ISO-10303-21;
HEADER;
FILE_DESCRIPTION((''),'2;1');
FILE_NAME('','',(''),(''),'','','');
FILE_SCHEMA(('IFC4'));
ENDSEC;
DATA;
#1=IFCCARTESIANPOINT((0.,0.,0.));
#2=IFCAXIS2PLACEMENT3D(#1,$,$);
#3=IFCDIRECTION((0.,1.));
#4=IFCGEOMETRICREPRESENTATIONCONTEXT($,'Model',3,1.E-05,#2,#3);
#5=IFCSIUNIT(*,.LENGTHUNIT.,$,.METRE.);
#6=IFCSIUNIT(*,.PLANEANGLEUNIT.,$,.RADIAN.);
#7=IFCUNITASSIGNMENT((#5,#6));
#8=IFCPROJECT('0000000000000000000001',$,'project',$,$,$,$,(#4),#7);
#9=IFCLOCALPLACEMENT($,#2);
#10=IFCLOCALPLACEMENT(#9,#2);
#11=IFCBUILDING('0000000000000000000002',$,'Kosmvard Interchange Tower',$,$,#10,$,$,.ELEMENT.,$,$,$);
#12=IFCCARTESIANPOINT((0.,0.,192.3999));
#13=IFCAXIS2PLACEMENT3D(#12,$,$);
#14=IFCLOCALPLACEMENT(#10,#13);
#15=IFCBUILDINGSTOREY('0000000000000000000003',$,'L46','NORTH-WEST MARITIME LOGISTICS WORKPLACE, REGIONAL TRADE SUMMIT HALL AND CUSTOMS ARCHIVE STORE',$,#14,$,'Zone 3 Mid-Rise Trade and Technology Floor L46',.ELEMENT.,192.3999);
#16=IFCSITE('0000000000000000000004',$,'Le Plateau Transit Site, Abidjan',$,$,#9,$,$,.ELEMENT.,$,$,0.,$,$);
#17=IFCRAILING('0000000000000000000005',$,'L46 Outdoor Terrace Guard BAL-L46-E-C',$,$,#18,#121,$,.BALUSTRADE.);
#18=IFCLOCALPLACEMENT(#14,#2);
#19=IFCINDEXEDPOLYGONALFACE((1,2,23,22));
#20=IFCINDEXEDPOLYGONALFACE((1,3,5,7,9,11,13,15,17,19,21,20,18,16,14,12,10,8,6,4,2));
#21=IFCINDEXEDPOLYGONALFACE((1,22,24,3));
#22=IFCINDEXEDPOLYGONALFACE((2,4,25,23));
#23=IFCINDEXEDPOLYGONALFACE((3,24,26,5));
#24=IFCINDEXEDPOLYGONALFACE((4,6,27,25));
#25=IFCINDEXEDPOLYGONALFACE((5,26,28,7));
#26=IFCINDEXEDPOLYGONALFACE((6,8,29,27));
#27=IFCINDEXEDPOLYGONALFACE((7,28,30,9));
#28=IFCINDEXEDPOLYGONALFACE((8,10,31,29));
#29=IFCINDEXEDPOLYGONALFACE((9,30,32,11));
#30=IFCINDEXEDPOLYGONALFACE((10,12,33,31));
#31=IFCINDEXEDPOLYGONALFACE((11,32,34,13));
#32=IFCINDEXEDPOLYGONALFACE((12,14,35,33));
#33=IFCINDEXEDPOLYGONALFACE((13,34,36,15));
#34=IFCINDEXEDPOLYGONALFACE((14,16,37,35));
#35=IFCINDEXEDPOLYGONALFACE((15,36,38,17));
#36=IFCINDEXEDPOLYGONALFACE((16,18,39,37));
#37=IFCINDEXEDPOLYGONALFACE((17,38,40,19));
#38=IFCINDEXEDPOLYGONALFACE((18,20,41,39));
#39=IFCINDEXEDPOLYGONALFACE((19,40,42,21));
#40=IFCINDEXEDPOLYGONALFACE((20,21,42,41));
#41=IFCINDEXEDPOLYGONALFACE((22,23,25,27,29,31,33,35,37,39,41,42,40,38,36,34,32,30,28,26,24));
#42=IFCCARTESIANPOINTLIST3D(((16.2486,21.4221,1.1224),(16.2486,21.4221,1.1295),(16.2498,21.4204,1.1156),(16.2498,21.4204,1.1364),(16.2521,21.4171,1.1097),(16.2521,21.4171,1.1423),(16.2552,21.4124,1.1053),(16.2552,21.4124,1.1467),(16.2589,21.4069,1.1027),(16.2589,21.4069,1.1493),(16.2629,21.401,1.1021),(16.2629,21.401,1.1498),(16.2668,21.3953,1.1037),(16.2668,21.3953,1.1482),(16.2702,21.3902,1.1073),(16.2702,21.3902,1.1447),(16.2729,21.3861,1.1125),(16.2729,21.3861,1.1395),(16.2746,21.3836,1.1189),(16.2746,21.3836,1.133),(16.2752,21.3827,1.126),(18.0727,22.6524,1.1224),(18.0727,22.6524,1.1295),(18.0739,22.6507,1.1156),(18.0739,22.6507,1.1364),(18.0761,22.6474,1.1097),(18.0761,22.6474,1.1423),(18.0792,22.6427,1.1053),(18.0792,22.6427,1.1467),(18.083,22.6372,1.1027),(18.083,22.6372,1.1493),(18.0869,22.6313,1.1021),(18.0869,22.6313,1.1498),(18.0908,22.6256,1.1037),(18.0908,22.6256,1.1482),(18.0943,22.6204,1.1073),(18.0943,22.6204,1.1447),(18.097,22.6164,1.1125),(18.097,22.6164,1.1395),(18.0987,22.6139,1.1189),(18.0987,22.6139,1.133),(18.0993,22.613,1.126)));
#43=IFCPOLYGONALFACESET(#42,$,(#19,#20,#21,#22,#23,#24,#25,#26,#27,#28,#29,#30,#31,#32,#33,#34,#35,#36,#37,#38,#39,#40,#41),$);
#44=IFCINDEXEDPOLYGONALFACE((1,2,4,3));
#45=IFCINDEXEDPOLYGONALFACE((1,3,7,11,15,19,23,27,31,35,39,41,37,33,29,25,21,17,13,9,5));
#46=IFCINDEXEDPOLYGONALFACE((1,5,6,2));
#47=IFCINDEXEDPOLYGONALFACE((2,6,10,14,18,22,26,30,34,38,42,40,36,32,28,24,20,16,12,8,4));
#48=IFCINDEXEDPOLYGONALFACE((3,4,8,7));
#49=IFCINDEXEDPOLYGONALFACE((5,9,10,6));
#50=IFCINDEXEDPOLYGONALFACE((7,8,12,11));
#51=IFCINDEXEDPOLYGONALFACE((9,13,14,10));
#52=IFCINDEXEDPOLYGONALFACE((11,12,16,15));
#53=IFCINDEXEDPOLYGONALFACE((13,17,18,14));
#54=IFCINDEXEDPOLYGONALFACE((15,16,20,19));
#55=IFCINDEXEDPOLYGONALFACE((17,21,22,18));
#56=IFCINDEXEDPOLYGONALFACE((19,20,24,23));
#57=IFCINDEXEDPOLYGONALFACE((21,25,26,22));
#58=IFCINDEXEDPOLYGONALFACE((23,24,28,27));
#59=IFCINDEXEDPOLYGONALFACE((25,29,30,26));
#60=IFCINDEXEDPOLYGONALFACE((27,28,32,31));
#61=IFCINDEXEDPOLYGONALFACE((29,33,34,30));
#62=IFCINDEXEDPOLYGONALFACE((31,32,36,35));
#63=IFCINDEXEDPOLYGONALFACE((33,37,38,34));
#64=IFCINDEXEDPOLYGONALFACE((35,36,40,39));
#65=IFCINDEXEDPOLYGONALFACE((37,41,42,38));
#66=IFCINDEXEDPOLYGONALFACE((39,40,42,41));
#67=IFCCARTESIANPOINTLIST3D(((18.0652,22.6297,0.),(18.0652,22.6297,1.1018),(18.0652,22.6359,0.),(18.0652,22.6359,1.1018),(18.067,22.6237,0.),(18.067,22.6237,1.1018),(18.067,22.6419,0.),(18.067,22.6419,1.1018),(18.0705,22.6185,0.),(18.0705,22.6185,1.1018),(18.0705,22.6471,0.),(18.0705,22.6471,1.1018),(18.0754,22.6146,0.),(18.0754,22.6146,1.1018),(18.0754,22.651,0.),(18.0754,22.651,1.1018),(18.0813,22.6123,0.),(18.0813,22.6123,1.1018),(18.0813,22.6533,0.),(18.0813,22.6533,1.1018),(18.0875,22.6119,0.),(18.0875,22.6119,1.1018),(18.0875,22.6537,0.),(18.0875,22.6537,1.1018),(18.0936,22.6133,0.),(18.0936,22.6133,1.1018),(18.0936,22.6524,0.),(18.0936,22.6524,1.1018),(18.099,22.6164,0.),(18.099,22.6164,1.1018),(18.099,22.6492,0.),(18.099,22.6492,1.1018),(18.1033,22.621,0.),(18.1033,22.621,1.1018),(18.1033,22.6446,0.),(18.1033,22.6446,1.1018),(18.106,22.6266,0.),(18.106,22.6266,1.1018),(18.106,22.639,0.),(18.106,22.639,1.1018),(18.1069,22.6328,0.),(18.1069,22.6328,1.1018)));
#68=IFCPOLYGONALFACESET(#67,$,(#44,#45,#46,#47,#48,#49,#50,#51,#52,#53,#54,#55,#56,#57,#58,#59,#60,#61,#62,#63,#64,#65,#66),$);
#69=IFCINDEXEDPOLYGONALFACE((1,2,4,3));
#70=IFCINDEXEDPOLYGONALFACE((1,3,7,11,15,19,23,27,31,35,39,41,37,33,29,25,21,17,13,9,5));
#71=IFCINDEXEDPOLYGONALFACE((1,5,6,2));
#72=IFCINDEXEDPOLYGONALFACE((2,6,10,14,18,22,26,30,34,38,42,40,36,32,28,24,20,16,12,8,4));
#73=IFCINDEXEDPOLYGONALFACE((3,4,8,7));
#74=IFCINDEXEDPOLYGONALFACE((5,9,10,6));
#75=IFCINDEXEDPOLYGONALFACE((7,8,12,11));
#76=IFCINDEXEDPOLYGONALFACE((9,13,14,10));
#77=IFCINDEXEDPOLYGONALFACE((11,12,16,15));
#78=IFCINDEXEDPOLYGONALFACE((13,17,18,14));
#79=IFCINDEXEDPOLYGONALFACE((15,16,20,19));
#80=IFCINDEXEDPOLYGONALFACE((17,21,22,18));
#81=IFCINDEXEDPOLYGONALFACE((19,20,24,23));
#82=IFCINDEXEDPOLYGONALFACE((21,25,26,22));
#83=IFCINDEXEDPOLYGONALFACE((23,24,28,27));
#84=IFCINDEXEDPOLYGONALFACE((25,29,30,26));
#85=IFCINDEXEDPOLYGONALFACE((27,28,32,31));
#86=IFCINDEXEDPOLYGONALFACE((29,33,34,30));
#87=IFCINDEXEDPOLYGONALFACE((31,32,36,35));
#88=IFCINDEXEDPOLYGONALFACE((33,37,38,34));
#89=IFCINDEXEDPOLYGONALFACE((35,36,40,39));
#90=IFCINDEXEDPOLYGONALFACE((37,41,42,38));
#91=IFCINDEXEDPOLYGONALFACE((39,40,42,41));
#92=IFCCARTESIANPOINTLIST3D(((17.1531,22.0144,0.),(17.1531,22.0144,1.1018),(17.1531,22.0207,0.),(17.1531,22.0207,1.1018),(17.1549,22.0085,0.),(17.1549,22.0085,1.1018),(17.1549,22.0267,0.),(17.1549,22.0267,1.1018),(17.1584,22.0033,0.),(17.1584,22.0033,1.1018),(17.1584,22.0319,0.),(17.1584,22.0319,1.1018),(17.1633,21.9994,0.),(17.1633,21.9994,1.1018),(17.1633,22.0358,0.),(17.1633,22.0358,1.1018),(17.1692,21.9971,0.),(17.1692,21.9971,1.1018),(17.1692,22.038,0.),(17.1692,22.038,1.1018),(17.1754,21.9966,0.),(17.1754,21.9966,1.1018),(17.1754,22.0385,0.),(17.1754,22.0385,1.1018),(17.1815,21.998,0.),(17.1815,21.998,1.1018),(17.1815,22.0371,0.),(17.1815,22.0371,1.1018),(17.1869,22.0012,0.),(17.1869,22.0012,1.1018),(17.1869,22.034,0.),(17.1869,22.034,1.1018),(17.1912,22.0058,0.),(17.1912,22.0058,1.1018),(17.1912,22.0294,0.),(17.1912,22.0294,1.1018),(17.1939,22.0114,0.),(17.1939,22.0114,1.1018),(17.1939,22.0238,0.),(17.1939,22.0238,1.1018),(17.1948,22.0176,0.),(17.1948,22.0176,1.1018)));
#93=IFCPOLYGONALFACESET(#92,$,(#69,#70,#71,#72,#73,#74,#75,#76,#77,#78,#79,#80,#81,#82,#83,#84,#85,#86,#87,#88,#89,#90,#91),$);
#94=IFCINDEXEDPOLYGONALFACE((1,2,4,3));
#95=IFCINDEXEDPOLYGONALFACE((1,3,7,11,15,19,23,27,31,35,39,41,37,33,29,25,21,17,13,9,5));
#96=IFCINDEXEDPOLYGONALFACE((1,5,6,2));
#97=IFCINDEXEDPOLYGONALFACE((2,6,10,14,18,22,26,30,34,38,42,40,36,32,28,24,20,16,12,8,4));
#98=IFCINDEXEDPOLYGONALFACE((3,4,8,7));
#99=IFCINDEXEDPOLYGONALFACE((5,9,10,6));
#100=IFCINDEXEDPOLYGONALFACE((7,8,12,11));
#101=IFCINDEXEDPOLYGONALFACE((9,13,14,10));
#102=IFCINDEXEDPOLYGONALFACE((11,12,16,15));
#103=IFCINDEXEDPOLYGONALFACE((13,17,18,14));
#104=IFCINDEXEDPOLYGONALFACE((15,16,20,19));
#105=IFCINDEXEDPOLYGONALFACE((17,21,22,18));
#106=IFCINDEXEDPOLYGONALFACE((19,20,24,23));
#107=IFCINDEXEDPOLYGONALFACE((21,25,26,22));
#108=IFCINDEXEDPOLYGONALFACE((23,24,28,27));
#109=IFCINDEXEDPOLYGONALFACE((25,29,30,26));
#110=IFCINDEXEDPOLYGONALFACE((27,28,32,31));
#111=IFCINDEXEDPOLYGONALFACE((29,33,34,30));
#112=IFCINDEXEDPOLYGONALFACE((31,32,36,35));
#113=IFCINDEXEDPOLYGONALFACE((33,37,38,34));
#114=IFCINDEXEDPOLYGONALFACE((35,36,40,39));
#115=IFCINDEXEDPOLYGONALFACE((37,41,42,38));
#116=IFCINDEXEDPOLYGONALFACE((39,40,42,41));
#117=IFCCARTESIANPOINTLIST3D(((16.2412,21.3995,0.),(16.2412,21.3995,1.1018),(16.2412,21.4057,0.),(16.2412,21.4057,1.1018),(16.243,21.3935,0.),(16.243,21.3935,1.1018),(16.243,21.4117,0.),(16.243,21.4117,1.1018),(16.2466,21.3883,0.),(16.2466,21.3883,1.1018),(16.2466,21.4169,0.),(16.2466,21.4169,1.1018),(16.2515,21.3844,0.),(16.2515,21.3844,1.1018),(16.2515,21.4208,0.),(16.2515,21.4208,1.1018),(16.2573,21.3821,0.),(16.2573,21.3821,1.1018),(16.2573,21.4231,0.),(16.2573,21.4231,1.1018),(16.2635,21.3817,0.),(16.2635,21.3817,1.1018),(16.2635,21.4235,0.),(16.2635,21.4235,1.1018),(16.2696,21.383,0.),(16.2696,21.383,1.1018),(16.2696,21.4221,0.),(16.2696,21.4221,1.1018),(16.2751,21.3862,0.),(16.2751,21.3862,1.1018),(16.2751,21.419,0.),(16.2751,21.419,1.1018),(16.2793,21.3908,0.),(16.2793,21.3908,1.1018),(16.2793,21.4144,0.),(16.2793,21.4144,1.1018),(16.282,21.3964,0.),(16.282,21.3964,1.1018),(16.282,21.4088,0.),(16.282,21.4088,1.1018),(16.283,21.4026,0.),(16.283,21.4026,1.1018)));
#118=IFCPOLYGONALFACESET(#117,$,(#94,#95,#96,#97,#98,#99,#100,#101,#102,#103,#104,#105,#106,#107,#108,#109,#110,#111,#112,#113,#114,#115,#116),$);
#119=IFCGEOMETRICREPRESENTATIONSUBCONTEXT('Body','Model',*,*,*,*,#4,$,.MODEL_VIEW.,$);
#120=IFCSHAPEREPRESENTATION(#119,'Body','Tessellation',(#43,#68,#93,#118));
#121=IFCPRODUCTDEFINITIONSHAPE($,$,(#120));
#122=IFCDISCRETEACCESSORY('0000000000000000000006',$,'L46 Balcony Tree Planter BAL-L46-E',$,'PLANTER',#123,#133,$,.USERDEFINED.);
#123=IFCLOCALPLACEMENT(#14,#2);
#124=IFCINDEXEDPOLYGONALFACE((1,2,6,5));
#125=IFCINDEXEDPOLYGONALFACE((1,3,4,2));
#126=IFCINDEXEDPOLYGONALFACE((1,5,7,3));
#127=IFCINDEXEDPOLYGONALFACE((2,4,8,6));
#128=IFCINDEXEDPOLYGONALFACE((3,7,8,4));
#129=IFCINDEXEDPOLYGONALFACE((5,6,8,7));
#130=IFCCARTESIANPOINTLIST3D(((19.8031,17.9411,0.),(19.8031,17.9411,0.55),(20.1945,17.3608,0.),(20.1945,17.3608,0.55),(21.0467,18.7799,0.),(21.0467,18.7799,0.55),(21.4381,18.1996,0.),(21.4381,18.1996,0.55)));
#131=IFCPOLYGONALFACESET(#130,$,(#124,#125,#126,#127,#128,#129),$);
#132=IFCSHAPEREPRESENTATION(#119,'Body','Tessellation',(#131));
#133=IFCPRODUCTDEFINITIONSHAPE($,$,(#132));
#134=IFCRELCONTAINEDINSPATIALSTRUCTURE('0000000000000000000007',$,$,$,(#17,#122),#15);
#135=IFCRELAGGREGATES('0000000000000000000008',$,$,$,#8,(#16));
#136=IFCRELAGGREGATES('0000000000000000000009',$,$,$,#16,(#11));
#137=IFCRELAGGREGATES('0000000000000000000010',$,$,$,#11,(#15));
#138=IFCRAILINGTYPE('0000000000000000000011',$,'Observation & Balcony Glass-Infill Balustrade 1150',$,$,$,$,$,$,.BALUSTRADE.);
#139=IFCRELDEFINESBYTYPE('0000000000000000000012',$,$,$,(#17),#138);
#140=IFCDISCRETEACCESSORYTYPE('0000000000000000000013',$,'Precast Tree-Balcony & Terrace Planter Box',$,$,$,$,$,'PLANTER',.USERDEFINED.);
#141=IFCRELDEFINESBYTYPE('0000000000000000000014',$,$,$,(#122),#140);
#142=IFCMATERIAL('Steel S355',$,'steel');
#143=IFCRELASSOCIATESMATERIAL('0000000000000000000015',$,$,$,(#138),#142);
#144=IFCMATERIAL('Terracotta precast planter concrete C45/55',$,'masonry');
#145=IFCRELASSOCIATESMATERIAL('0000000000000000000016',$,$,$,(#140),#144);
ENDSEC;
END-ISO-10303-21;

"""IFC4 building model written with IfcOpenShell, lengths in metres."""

from ifc_helpers import new_model, si_unit, direction, frame, origin, origin_2d, place, context, subcontext, project, spatial, rectangle, circle, extrude, source, transform, mapped, material, type_object, element, save


model = new_model("IFC4")

# Units and contexts
model_context = context("Model", 3, precision=1e-05, world=origin(), true_north=direction((0.0, 1.0)))
body_context = subcontext(model_context, "Body", "Model", "MODEL_VIEW")
ifc_project = project(units=[si_unit("LENGTHUNIT", "METRE"), si_unit("PLANEANGLEUNIT", "RADIAN")], contexts=[model_context])

# Site, building, storey
site_placement = place(None, origin())
site = spatial("IfcSite", under=ifc_project, at=site_placement, Name="Le Plateau Transit Site, Abidjan", CompositionType="ELEMENT", RefElevation=0.0)
building_placement = place(site_placement, origin())
building = spatial("IfcBuilding", under=site, at=building_placement, Name="Kosmvard Interchange Tower", CompositionType="ELEMENT")
storey_placement = place(building_placement, frame((0.0, 0.0, 192.3999)))
storey = spatial("IfcBuildingStorey", under=building, at=storey_placement, Name="L46", Description="NORTH-WEST MARITIME LOGISTICS WORKPLACE, REGIONAL TRADE SUMMIT HALL AND CUSTOMS ARCHIVE STORE", LongName="Zone 3 Mid-Rise Trade and Technology Floor L46", CompositionType="ELEMENT", Elevation=192.3999)

# Shared definitions
ifc_material_1 = material(Name="Steel S355", Category="steel")

# Railing
railing_type = type_object("IfcRailingType", Name="Observation & Balcony Glass-Infill Balustrade 1150", PredefinedType="BALUSTRADE", material=ifc_material_1)
shared_shape_1 = source(origin(), body_context, "Body", "SweptSolid", [
    extrude(circle(Radius=0.0239, at=origin_2d()), frame((0.0, 0.0, 1.126), z_axis=(-0.829051, -0.559174, 0.0), x_axis=(0.559174, -0.829051, 0.0)), (0.0, 0.0, 1.0), 2.2002),
    extrude(circle(Radius=0.021, at=origin_2d()), origin(), (0.0, 0.0, 1.0), 1.1018),
    extrude(circle(Radius=0.021, at=origin_2d()), frame((-0.9121, -0.6152, 0.0)), (0.0, 0.0, 1.0), 1.1018),
    extrude(circle(Radius=0.021, at=origin_2d()), frame((-1.824, -1.2302, 0.0)), (0.0, 0.0, 1.0), 1.1018),
])
railing_1_placement = place(storey_placement, frame((18.0859, 22.6328, 0.0)))
element("IfcRailing", 1, at=railing_1_placement, inside=storey, type_object=railing_type, Name="L46 Outdoor Terrace Guard BAL-L46-E-C", PredefinedType="BALUSTRADE", context=body_context, shape_type="MappedRepresentation", body=[
    mapped(shared_shape_1, transform((0.0, 0.0, 0.0), scale=1.0)),
])

# Discrete accessory
ifc_material_2 = material(Name="Terracotta precast planter concrete C45/55", Category="masonry")
discrete_accessory_type = type_object("IfcDiscreteAccessoryType", Name="Precast Tree-Balcony & Terrace Planter Box", ElementType="PLANTER", PredefinedType="USERDEFINED", material=ifc_material_2)
shared_shape_2 = source(origin(), body_context, "Body", "SweptSolid", [
    extrude(rectangle(XDim=1.5, YDim=0.7, at=origin_2d()), origin(), (0.0, 0.0, 1.0), 0.55),
])
discrete_accessory_placement = place(storey_placement, frame((20.6206, 18.0703, 0.0), z_axis=(0.0, 0.0, 1.0), x_axis=(0.829038, 0.559193, 0.0)))
element("IfcDiscreteAccessory", 2, at=discrete_accessory_placement, inside=storey, type_object=discrete_accessory_type, Name="L46 Balcony Tree Planter BAL-L46-E", ObjectType="PLANTER", PredefinedType="USERDEFINED", context=body_context, shape_type="MappedRepresentation", body=[
    mapped(shared_shape_2, transform((0.0, 0.0, 0.0), scale=1.0)),
])

save(model, "model.ifc")
